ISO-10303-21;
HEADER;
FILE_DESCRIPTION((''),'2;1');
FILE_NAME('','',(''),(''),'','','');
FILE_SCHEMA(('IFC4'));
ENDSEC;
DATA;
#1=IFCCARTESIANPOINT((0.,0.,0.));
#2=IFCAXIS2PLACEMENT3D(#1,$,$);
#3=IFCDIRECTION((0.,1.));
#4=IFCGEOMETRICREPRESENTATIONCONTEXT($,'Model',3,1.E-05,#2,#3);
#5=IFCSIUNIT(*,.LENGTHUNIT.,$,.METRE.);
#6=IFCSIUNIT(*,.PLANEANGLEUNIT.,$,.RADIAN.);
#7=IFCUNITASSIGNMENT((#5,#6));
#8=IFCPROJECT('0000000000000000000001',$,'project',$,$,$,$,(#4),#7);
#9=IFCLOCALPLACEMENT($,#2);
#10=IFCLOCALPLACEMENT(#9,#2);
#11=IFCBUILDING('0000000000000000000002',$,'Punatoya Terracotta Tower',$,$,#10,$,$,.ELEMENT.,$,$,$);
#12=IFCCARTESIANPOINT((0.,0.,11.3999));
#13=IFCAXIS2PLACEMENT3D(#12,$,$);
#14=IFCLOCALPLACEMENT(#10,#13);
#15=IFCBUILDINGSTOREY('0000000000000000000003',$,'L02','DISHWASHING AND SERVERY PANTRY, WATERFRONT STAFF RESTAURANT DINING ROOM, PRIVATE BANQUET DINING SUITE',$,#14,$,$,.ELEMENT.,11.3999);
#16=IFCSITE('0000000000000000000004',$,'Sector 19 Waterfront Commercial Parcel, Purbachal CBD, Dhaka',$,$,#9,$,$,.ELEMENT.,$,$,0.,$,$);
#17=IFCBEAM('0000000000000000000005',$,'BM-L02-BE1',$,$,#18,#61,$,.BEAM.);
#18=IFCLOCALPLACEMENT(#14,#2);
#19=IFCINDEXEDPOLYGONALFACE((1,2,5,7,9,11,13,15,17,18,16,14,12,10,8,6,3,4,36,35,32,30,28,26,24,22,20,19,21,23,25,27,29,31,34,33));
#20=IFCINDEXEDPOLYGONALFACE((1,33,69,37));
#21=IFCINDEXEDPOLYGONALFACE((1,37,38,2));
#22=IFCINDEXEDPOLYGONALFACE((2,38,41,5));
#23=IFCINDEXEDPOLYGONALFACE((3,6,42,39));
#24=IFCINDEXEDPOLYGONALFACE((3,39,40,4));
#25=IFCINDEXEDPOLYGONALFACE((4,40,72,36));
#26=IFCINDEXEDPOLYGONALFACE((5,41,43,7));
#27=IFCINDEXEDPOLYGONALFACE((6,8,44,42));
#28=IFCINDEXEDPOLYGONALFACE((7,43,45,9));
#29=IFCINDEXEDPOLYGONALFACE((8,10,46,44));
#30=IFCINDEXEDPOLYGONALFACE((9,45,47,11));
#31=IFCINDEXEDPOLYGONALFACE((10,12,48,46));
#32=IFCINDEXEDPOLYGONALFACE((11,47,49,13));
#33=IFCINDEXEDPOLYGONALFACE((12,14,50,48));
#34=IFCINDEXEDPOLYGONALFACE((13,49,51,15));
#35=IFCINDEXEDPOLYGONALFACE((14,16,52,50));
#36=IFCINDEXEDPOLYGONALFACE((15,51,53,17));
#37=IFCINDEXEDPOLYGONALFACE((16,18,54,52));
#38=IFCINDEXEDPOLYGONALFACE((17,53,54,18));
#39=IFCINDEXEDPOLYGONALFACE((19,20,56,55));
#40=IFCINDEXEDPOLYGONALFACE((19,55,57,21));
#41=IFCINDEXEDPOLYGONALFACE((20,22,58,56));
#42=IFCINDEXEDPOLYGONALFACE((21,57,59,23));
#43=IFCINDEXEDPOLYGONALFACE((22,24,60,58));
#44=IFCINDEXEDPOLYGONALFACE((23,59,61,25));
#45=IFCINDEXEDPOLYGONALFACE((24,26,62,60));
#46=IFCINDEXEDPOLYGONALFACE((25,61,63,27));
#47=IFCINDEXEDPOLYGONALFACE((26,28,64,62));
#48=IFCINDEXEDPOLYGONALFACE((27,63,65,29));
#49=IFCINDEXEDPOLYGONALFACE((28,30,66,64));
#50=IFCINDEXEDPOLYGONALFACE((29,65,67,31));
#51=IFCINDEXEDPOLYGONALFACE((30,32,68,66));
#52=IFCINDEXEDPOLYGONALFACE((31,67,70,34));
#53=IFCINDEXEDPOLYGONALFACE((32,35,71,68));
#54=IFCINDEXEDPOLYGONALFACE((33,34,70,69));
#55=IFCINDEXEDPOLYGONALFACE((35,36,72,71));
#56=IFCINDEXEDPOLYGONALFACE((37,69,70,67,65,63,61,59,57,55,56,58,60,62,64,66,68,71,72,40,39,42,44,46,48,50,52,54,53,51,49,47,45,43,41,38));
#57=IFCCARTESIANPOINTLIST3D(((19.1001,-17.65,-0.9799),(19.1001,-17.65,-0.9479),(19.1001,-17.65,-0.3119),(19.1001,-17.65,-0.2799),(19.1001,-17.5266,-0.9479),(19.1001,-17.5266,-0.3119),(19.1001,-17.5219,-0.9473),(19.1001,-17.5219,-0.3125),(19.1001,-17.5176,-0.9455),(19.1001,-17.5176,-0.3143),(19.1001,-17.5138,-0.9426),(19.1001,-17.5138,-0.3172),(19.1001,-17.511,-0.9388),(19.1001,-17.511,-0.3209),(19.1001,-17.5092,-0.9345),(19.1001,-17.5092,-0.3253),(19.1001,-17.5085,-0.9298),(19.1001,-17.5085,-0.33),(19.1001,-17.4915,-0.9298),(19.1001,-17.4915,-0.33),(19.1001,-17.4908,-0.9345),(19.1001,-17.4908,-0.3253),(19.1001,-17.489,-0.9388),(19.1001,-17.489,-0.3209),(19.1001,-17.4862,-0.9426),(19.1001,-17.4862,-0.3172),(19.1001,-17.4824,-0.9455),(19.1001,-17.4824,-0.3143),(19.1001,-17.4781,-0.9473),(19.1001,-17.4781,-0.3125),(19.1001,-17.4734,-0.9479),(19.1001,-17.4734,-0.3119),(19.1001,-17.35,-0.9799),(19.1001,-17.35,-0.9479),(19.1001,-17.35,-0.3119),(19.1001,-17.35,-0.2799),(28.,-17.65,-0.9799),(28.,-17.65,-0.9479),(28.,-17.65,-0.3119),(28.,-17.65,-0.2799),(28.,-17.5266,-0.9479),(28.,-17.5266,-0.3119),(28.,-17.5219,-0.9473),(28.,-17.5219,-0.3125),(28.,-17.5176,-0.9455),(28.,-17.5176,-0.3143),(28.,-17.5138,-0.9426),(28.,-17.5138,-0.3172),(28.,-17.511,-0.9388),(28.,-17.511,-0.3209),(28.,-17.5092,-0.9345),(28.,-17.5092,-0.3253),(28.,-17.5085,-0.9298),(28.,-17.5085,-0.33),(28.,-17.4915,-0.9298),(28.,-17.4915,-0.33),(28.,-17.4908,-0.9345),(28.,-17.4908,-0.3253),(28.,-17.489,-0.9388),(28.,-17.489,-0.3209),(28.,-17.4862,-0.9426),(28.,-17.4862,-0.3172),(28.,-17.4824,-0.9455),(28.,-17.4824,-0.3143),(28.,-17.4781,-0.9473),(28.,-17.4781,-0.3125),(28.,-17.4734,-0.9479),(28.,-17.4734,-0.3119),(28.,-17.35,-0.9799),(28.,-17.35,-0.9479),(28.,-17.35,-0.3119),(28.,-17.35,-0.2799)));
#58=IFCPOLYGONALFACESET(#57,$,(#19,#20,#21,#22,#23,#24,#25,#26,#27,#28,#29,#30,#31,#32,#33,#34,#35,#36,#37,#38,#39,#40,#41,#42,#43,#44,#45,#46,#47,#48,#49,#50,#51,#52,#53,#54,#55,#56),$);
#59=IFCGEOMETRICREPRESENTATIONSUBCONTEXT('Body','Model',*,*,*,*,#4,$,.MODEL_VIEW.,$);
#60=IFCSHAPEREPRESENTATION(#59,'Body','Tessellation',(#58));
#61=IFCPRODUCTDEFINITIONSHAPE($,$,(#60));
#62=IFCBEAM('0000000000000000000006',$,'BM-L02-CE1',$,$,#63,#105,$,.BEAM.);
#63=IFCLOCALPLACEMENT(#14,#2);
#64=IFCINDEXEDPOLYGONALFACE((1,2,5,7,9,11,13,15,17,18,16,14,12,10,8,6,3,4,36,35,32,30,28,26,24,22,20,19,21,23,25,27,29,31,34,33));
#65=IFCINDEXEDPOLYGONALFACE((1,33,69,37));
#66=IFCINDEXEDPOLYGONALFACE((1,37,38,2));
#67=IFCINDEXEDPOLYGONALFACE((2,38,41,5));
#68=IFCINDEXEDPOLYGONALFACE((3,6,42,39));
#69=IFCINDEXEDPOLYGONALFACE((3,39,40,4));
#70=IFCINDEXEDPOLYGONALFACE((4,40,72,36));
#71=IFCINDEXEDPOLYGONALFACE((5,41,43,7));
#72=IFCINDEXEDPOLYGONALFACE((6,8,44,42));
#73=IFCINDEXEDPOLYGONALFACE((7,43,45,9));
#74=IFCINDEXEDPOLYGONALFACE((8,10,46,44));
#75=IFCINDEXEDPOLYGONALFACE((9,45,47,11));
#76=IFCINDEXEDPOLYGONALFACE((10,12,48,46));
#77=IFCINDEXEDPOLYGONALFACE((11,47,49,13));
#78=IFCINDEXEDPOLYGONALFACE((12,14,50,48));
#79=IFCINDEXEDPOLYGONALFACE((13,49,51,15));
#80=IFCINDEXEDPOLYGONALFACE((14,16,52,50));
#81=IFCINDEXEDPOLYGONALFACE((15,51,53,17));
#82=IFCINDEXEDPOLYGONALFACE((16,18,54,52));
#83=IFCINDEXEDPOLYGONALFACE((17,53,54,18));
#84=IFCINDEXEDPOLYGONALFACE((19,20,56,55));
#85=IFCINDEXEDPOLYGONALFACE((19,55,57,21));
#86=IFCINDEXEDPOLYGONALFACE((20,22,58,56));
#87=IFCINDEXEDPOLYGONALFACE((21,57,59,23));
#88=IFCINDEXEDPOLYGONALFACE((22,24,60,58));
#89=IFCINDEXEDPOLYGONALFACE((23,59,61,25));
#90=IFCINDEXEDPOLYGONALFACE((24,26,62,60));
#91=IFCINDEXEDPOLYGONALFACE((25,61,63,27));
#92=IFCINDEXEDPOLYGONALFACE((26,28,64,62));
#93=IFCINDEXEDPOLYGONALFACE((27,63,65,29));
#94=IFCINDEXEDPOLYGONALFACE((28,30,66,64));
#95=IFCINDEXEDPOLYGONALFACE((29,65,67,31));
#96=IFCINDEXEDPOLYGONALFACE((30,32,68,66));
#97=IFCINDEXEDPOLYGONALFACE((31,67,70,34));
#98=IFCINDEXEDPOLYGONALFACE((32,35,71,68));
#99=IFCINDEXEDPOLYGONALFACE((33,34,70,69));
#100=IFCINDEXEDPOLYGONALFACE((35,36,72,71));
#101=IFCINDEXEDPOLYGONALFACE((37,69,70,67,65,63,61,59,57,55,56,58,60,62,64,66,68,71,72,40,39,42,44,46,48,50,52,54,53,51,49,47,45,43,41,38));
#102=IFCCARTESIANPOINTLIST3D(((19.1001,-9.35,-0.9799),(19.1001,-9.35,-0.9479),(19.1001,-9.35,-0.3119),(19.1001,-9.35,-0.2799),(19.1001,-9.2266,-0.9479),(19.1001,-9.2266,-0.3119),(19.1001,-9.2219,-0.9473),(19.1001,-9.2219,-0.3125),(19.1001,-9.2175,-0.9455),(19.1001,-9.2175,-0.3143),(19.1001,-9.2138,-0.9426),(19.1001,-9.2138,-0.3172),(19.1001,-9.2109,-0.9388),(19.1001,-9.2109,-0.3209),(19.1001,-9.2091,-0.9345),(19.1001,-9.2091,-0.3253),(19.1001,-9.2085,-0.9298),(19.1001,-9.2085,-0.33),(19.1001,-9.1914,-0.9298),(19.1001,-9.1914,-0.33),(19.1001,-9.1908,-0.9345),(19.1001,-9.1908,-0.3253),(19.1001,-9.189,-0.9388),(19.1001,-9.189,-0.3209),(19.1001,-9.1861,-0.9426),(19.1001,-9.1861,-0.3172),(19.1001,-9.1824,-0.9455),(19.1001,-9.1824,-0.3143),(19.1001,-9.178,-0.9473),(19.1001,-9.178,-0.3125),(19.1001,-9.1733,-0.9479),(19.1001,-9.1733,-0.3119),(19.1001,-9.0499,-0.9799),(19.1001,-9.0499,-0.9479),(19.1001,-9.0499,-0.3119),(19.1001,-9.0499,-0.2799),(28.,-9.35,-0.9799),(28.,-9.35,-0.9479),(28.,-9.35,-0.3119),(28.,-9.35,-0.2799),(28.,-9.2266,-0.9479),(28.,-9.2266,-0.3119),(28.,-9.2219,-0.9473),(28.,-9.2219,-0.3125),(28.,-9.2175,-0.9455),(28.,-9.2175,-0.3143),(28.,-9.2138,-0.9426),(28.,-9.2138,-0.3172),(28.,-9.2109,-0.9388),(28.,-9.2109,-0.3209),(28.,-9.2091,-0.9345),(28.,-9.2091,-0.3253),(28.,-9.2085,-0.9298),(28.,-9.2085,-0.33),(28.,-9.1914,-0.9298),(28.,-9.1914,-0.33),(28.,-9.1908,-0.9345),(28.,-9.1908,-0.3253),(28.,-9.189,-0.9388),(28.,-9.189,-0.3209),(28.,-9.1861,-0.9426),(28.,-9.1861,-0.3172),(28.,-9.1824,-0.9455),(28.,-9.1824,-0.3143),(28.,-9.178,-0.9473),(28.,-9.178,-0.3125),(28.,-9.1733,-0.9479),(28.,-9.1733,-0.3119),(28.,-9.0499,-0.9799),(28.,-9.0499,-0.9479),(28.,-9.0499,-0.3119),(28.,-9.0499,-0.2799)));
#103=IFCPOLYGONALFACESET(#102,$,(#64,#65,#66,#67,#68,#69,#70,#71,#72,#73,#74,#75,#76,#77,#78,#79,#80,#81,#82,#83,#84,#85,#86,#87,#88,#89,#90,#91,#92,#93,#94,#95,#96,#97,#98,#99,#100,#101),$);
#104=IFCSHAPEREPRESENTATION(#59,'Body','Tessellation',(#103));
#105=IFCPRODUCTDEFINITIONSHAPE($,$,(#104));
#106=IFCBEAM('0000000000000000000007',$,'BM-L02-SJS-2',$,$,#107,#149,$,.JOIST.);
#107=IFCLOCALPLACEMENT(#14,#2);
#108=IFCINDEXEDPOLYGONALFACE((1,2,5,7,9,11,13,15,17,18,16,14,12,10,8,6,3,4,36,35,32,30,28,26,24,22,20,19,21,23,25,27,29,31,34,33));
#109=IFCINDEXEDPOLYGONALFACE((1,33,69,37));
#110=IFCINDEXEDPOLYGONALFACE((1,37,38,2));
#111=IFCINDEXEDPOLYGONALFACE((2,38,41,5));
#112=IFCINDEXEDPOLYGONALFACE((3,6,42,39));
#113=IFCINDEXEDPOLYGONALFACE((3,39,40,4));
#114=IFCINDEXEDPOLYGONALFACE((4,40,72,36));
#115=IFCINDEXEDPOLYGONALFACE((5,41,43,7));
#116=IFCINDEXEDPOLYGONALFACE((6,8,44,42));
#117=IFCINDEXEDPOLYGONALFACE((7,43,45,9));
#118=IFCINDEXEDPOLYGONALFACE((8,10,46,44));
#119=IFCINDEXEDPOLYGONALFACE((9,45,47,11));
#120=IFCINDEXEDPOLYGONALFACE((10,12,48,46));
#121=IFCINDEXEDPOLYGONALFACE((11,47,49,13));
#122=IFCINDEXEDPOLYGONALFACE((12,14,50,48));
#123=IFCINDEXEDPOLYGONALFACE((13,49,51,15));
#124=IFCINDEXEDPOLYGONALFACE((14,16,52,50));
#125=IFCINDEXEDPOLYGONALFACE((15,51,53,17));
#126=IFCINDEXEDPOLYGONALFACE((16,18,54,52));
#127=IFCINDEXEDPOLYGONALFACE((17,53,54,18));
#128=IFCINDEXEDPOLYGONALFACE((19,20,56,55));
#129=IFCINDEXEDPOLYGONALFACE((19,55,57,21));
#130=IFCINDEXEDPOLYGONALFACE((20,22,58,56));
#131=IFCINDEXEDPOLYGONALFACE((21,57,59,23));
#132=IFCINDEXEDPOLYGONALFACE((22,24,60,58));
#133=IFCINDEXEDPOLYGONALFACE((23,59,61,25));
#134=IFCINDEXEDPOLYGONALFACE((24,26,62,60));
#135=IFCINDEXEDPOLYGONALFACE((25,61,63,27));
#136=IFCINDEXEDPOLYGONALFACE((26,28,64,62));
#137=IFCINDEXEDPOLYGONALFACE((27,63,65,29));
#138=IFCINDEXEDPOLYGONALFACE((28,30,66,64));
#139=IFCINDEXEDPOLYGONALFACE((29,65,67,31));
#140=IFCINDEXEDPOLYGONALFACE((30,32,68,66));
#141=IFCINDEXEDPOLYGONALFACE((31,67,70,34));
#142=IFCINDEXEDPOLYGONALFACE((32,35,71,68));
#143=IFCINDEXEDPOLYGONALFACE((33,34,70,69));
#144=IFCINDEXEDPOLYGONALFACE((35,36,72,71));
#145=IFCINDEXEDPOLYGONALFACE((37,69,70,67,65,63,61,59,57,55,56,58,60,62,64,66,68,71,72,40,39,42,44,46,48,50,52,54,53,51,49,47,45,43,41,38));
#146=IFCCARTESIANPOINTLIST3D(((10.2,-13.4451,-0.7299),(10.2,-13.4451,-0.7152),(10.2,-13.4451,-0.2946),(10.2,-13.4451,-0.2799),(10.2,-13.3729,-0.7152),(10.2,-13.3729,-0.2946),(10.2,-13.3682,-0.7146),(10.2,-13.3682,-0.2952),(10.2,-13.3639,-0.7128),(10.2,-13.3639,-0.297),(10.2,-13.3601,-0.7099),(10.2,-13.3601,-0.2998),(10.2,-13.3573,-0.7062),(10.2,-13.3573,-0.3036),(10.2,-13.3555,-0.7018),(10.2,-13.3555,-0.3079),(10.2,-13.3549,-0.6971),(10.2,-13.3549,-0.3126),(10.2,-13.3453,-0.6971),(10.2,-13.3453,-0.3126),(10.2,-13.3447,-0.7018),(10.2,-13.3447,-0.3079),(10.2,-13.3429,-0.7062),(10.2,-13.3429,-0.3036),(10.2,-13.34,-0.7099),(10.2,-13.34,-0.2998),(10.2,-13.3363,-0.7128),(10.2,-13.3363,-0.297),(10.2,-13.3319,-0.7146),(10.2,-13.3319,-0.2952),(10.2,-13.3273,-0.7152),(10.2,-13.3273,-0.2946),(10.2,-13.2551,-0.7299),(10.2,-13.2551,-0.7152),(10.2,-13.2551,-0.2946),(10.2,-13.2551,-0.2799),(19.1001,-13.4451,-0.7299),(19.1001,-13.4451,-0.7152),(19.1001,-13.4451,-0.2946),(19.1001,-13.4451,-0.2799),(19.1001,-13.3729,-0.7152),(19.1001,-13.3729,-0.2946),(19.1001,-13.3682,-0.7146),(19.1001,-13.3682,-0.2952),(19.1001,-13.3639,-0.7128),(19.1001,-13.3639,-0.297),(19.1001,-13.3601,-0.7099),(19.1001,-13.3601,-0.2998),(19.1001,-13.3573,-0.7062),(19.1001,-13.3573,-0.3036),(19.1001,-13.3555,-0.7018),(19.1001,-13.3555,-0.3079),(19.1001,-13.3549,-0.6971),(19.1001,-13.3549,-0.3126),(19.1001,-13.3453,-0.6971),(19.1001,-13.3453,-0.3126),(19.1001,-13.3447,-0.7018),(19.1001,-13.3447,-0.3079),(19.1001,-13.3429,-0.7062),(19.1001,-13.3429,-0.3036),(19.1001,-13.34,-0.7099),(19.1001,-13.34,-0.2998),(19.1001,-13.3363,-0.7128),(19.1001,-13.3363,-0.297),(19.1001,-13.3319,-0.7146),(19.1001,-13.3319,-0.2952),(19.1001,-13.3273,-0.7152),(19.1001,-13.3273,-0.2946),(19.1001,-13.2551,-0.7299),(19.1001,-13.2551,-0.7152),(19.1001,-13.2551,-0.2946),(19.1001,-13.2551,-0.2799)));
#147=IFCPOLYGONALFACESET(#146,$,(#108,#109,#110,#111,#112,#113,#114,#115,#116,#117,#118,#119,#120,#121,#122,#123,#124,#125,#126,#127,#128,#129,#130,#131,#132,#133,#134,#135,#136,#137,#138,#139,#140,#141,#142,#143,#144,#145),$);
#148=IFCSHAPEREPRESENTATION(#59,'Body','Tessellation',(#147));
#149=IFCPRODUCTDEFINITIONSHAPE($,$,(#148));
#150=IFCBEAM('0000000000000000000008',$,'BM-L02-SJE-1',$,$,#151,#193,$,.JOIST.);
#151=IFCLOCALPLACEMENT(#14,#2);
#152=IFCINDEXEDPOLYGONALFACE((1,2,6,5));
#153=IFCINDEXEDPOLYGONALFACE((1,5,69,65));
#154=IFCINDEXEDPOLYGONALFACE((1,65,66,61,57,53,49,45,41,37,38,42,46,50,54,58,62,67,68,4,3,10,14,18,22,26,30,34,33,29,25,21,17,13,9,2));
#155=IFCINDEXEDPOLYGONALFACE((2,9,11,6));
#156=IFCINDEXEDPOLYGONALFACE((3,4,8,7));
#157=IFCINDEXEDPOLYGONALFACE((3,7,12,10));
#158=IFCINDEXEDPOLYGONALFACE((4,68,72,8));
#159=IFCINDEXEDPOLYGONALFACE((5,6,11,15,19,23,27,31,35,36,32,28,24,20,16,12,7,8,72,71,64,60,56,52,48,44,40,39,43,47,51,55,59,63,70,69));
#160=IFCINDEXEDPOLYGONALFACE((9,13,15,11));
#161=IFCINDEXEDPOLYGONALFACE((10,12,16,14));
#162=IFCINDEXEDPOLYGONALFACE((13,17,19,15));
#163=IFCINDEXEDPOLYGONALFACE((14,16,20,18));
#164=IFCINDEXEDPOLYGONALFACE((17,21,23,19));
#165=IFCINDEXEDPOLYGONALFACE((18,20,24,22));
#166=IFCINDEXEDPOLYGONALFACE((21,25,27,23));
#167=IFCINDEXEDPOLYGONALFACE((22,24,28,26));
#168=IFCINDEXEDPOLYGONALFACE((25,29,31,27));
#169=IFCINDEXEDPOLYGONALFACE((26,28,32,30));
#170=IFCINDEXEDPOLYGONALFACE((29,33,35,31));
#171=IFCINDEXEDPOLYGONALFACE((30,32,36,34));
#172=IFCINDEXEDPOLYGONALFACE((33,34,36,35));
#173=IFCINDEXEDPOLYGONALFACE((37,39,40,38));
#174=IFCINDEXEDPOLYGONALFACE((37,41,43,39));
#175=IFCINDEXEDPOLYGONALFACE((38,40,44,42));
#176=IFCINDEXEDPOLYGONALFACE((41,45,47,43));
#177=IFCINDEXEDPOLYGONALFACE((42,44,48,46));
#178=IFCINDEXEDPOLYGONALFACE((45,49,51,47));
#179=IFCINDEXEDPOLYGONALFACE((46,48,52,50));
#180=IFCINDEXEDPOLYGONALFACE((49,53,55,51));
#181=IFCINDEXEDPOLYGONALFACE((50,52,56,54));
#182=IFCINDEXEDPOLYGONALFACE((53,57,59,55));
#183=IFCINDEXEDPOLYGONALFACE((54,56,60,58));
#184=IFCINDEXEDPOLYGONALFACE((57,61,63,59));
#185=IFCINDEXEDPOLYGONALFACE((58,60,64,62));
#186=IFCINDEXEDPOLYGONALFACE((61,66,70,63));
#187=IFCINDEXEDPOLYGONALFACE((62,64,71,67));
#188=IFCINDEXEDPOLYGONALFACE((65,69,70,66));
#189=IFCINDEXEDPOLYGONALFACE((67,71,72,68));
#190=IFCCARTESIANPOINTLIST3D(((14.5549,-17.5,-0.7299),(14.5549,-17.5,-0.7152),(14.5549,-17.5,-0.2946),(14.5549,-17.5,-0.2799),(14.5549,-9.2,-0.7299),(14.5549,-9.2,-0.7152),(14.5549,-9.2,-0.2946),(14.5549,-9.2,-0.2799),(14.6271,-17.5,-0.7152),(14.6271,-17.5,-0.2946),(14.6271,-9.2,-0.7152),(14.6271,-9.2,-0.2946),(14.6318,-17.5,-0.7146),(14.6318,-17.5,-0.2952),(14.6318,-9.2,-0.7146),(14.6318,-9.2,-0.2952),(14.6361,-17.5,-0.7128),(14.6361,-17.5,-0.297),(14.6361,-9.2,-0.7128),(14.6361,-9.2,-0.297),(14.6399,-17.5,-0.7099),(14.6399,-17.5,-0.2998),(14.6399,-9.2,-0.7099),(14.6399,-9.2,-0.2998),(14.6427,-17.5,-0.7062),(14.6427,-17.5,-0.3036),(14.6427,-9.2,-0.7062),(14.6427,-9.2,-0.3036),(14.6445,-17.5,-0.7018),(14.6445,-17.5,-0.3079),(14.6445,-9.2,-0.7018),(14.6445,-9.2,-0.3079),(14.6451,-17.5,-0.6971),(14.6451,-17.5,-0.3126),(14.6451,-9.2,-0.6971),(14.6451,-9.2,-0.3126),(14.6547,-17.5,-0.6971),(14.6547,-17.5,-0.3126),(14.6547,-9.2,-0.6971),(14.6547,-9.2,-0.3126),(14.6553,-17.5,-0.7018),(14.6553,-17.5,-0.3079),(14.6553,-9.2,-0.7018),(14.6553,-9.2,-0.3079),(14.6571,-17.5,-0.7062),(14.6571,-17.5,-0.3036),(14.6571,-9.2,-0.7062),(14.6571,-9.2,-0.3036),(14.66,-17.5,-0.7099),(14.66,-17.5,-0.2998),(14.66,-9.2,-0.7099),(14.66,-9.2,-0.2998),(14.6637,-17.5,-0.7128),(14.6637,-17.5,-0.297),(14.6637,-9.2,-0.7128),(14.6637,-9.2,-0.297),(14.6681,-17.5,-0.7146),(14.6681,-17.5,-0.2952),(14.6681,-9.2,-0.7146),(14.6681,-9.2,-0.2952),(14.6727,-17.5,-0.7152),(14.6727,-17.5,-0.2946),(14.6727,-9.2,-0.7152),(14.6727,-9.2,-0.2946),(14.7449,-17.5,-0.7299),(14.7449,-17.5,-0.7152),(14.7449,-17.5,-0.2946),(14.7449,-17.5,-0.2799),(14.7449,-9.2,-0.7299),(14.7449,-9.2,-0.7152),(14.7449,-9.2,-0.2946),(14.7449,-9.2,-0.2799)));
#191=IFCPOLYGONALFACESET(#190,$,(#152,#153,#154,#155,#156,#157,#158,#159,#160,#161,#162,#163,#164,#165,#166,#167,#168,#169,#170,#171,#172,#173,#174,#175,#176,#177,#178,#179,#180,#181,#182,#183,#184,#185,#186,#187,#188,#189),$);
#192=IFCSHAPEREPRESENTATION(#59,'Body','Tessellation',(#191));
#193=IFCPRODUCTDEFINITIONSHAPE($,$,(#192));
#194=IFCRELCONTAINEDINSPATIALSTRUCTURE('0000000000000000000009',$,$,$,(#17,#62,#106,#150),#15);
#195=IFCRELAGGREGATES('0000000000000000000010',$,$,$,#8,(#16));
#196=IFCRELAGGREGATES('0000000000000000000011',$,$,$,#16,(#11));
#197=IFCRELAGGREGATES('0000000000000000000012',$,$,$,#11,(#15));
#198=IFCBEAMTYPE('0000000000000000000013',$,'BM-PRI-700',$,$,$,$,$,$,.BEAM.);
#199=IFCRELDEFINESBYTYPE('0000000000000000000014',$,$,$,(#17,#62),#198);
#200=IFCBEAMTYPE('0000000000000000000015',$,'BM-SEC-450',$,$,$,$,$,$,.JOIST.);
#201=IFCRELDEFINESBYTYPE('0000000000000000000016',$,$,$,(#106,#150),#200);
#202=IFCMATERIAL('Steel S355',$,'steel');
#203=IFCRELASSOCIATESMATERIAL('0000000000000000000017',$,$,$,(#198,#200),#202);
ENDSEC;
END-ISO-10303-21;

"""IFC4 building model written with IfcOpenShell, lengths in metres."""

from ifc_helpers import new_model, si_unit, direction, frame, origin, origin_2d, place, context, subcontext, project, spatial, i_section, extrude, material, material_profile, profile_set, type_object, element, save


model = new_model("IFC4")

# Units and contexts
model_context = context("Model", 3, precision=1e-05, world=origin(), true_north=direction((0.0, 1.0)))
body_context = subcontext(model_context, "Body", "Model", "MODEL_VIEW")
ifc_project = project(units=[si_unit("LENGTHUNIT", "METRE"), si_unit("PLANEANGLEUNIT", "RADIAN")], contexts=[model_context])

# Site, building, storey
site_placement = place(None, origin())
site = spatial("IfcSite", under=ifc_project, at=site_placement, Name="Sector 19 Waterfront Commercial Parcel, Purbachal CBD, Dhaka", CompositionType="ELEMENT", RefElevation=0.0)
building_placement = place(site_placement, origin())
building = spatial("IfcBuilding", under=site, at=building_placement, Name="Punatoya Terracotta Tower", CompositionType="ELEMENT")
storey_placement = place(building_placement, frame((0.0, 0.0, 11.3999)))
storey = spatial("IfcBuildingStorey", under=building, at=storey_placement, Name="L02", Description="DISHWASHING AND SERVERY PANTRY, WATERFRONT STAFF RESTAURANT DINING ROOM, PRIVATE BANQUET DINING SUITE", CompositionType="ELEMENT", Elevation=11.3999)

# Beams
ifc_material_1 = material(Name="Steel S355", Category="steel")
ifc_material_profile_1 = material_profile(ifc_material_1, i_section(OverallWidth=0.3, OverallDepth=0.7, WebThickness=0.0171, FlangeThickness=0.032, FilletRadius=0.0181, at=origin_2d()))
ifc_profile_set_1 = profile_set([ifc_material_profile_1], Name="Steel S355")
beam_type_1 = type_object("IfcBeamType", Name="BM-PRI-700", PredefinedType="BEAM", material=ifc_profile_set_1)
for number, where, z_axis, x_axis, name in (
    (1, (19.1001, -17.5, -0.6299), (1.0, 0.0, 0.0), (0.0, 1.0, 0.0), "BM-L02-BE1"),
    (2, (19.1001, -9.2, -0.6299), (1.0, 0.0, 0.0), (0.0, 1.0, 0.0), "BM-L02-CE1"),
):
    element("IfcBeam", number, at=place(storey_placement, frame(where, z_axis=z_axis, x_axis=x_axis)), inside=storey, type_object=beam_type_1, Name=name, PredefinedType="BEAM", context=body_context, shape_type="SweptSolid", body=[
        extrude(i_section(OverallWidth=0.3, OverallDepth=0.7, WebThickness=0.0171, FlangeThickness=0.032, FilletRadius=0.0181, at=origin_2d()), origin(), (0.0, 0.0, 1.0), 8.8999),
    ])
ifc_material_profile_2 = material_profile(ifc_material_1, i_section(OverallWidth=0.1899, OverallDepth=0.45, WebThickness=0.0095, FlangeThickness=0.0146, FilletRadius=0.0181, at=origin_2d()))
ifc_profile_set_2 = profile_set([ifc_material_profile_2], Name="Steel S355")
beam_type_2 = type_object("IfcBeamType", Name="BM-SEC-450", PredefinedType="JOIST", material=ifc_profile_set_2)
beam_1_placement = place(storey_placement, frame((10.2, -13.3501, -0.5049), z_axis=(1.0, 0.0, 0.0), x_axis=(0.0, 1.0, 0.0)))
element("IfcBeam", 3, at=beam_1_placement, inside=storey, type_object=beam_type_2, Name="BM-L02-SJS-2", PredefinedType="JOIST", context=body_context, shape_type="SweptSolid", body=[
    extrude(i_section(OverallWidth=0.1899, OverallDepth=0.45, WebThickness=0.0095, FlangeThickness=0.0146, FilletRadius=0.0181, at=origin_2d()), origin(), (0.0, 0.0, 1.0), 8.9001),
])
beam_2_placement = place(storey_placement, frame((14.6499, -17.5, -0.5049), z_axis=(0.0, 1.0, 0.0), x_axis=(-1.0, 0.0, 0.0)))
element("IfcBeam", 4, at=beam_2_placement, inside=storey, type_object=beam_type_2, Name="BM-L02-SJE-1", PredefinedType="JOIST", context=body_context, shape_type="SweptSolid", body=[
    extrude(i_section(OverallWidth=0.1899, OverallDepth=0.45, WebThickness=0.0095, FlangeThickness=0.0146, FilletRadius=0.0181, at=origin_2d()), origin(), (0.0, 0.0, 1.0), 8.3),
])

save(model, "model.ifc")
